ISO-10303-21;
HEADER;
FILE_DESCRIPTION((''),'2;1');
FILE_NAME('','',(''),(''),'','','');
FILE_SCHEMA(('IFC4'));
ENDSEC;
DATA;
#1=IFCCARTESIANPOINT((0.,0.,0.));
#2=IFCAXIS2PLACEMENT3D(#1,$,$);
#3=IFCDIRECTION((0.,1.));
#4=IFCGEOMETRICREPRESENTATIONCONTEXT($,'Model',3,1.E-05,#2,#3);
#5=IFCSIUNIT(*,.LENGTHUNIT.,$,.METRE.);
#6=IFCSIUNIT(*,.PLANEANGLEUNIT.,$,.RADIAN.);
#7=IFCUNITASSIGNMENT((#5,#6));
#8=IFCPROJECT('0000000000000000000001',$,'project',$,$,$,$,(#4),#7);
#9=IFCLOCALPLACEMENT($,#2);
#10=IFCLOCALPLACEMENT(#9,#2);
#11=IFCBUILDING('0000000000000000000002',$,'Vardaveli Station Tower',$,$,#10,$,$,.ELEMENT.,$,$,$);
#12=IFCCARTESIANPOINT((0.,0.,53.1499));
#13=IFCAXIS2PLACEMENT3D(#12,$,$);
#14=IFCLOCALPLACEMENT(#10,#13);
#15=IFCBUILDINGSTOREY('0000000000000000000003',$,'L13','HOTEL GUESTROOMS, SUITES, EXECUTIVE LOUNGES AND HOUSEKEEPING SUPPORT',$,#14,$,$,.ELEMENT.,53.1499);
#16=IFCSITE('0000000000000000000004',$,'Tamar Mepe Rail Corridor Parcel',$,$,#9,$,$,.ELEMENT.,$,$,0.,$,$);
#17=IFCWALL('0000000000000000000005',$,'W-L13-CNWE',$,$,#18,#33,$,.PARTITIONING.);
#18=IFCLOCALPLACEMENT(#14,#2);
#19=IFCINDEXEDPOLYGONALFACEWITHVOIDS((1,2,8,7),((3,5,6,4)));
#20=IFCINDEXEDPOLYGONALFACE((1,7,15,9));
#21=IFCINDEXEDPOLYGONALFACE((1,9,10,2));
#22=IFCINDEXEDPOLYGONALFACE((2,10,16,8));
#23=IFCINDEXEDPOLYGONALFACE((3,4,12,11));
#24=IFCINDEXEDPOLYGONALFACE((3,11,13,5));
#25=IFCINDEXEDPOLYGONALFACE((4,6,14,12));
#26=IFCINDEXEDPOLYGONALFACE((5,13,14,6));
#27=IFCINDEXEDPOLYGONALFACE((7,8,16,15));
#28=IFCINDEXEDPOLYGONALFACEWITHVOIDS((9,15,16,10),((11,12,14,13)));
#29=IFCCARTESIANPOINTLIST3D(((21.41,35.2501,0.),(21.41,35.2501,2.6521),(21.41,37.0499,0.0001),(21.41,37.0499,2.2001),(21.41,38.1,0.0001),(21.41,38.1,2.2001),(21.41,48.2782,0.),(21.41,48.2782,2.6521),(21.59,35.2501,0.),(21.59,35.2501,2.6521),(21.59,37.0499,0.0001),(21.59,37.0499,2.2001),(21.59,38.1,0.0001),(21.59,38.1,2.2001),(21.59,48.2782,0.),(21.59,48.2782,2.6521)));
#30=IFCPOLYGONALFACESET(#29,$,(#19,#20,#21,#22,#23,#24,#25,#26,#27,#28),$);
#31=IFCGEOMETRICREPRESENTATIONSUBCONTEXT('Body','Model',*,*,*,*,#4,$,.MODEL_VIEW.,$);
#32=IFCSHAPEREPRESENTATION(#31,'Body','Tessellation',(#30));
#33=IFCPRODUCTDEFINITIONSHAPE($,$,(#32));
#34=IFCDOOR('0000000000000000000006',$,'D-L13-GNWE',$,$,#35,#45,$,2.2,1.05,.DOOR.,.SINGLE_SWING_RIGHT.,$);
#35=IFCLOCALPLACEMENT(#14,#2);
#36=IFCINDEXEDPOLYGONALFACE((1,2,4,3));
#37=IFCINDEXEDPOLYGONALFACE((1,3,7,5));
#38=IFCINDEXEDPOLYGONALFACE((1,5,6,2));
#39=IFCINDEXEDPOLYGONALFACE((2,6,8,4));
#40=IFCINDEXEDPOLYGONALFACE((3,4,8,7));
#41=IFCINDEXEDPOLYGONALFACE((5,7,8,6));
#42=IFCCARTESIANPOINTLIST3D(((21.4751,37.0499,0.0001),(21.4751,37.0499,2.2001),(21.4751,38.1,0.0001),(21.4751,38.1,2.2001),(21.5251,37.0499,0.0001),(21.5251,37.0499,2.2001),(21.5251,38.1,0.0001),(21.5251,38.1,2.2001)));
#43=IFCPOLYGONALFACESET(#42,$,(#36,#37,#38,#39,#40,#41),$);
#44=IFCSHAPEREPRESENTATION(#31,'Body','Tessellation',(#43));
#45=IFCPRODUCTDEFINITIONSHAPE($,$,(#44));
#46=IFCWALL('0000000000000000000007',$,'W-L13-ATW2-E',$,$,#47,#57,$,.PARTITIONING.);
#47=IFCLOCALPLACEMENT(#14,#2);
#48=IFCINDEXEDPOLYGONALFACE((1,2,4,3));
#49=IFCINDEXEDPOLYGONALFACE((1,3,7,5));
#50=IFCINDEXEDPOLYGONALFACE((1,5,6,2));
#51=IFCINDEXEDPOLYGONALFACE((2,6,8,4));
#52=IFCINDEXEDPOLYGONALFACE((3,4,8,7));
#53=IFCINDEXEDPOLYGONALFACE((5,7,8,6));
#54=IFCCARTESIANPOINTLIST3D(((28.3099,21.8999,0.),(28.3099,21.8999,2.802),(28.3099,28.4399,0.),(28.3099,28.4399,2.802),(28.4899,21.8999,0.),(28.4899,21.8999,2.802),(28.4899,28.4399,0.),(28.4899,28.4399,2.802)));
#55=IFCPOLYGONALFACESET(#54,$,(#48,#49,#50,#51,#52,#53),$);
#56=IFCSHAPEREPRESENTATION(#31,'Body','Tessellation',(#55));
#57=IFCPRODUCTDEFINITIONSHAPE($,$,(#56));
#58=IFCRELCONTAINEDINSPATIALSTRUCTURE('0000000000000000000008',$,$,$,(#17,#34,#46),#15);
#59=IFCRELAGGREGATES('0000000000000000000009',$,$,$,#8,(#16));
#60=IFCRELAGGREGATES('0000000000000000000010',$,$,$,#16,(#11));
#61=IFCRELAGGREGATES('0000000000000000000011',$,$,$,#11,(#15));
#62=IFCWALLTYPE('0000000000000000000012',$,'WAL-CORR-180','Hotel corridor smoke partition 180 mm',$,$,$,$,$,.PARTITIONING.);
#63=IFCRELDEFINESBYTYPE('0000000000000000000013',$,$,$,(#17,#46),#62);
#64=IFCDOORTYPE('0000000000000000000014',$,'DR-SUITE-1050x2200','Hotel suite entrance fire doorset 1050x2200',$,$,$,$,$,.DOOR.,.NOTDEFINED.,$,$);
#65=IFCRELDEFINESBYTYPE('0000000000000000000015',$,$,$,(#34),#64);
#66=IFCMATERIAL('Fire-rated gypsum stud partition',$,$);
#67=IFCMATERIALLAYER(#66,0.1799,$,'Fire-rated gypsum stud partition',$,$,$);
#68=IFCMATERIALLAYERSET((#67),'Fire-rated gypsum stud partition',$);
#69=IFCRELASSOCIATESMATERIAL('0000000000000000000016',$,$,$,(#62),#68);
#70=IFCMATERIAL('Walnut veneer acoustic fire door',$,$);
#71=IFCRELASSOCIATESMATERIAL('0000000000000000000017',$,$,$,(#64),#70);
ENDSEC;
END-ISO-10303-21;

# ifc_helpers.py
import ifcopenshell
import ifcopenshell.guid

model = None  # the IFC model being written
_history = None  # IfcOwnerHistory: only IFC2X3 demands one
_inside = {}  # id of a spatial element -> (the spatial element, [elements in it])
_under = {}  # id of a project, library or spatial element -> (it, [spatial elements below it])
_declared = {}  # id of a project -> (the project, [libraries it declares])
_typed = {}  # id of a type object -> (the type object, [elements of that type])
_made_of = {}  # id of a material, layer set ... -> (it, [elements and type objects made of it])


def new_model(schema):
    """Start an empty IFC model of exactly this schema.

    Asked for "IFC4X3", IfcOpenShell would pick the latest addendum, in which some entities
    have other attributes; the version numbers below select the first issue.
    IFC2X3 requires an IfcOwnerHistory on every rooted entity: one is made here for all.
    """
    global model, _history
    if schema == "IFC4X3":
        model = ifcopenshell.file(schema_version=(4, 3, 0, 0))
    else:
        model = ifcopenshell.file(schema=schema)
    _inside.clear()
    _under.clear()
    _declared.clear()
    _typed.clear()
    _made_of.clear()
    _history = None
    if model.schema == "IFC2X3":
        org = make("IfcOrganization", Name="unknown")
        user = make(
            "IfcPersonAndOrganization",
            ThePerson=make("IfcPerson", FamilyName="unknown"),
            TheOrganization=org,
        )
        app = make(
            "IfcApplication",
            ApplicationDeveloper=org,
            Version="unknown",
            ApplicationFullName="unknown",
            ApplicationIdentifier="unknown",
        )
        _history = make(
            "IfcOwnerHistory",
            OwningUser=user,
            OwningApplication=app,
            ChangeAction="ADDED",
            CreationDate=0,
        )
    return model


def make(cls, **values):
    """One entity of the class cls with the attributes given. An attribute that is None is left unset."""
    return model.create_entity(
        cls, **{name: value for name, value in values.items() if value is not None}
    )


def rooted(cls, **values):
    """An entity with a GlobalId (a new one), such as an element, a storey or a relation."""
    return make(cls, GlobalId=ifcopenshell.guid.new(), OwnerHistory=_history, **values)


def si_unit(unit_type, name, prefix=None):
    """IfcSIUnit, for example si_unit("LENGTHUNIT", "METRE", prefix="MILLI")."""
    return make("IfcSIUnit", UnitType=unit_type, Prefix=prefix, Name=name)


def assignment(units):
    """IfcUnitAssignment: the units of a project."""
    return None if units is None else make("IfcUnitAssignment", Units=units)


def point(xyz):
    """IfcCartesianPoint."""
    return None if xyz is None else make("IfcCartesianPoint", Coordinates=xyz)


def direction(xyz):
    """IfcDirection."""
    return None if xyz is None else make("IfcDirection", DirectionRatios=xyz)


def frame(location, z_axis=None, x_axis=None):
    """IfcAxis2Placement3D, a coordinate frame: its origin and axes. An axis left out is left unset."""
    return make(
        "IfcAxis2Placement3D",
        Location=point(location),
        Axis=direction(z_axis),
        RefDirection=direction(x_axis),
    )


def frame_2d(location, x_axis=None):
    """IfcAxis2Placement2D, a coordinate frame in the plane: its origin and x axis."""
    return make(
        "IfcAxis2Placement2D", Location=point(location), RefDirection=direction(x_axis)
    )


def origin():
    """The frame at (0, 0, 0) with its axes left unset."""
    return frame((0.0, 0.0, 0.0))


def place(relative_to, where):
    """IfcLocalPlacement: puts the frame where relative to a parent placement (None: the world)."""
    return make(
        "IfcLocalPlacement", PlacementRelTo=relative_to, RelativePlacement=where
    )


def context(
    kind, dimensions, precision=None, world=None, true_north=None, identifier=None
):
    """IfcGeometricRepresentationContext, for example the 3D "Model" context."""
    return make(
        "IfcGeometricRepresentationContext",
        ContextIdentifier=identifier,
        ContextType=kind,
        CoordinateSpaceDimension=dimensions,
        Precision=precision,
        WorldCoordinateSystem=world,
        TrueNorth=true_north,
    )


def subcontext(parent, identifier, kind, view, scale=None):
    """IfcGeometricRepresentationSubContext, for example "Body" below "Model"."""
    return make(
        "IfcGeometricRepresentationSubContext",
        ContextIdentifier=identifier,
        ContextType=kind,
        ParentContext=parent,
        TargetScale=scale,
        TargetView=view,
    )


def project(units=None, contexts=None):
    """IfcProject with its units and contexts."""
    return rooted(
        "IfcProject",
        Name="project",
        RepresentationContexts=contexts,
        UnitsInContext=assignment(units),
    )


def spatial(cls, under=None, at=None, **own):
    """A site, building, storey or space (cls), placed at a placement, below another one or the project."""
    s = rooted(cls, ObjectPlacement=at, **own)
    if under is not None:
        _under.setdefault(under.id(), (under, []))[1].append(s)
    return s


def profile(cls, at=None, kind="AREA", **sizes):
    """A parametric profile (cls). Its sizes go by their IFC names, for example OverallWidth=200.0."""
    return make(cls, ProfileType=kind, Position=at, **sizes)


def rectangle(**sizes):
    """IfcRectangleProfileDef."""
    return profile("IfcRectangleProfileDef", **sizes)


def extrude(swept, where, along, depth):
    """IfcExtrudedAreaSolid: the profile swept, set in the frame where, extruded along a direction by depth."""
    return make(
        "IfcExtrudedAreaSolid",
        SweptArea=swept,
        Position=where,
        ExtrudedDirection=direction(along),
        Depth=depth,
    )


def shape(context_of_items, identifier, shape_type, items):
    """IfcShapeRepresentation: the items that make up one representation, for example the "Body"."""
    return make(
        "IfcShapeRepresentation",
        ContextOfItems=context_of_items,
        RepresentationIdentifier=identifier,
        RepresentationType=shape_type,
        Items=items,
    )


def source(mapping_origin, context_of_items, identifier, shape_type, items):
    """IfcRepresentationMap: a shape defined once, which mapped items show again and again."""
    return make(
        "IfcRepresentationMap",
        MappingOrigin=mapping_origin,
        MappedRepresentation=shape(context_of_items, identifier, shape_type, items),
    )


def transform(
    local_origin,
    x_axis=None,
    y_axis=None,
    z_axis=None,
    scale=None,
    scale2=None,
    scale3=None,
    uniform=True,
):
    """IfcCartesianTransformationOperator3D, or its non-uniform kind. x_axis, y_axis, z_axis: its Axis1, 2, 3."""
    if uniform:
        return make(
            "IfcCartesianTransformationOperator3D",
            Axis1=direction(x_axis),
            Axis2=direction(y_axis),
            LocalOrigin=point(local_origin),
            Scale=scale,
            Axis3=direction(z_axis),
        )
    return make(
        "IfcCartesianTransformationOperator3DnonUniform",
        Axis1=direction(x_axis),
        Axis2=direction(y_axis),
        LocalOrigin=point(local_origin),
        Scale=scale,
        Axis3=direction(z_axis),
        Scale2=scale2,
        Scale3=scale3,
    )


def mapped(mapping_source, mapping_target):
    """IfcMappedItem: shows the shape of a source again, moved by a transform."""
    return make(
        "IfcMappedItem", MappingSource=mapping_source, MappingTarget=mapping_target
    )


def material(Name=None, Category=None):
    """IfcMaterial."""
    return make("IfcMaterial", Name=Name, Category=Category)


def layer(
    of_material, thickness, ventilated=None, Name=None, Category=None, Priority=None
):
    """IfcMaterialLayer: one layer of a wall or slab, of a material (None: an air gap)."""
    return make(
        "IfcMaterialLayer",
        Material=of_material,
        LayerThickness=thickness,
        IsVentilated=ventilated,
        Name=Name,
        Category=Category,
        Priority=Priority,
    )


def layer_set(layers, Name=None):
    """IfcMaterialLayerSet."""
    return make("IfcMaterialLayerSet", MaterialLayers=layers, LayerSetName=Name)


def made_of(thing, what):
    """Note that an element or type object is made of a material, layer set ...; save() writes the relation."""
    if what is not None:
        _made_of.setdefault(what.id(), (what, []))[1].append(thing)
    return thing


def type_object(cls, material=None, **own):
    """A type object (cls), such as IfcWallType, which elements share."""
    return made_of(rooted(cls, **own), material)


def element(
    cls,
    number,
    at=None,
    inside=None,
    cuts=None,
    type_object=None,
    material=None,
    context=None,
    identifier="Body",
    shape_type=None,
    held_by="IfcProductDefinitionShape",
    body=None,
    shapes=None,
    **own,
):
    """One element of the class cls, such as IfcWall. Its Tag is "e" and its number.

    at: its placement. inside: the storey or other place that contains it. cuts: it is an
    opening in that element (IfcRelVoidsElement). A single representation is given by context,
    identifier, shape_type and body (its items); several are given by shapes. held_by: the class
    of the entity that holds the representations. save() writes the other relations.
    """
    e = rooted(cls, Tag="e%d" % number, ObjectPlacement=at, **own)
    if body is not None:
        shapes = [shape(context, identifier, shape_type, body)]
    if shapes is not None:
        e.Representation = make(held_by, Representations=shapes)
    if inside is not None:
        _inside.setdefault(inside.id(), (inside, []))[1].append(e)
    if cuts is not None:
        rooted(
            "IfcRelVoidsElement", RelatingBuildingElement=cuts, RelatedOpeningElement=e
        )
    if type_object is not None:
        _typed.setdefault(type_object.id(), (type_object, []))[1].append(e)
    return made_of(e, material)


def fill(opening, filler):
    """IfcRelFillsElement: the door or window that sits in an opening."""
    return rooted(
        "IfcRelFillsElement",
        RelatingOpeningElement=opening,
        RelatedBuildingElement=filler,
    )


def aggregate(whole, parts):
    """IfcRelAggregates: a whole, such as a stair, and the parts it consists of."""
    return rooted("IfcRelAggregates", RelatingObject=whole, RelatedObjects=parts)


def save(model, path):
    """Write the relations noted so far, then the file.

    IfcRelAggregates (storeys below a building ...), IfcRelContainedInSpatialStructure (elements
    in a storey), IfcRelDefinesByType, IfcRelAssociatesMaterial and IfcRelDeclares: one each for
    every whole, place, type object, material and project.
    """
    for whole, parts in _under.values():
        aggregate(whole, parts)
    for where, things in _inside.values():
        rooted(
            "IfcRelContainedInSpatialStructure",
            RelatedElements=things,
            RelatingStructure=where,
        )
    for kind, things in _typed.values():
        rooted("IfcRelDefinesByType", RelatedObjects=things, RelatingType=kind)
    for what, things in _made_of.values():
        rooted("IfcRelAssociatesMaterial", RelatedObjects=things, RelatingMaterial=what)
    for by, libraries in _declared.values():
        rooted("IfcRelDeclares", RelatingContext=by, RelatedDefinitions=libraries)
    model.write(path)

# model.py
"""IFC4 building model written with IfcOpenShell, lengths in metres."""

from ifc_helpers import new_model, si_unit, direction, frame, frame_2d, origin, place, context, subcontext, project, spatial, rectangle, extrude, source, transform, mapped, material, layer, layer_set, type_object, element, fill, save


model = new_model("IFC4")

# Units and contexts
model_context = context("Model", 3, precision=1e-05, world=origin(), true_north=direction((0.0, 1.0)))
body_context = subcontext(model_context, "Body", "Model", "MODEL_VIEW")
ifc_project = project(units=[si_unit("LENGTHUNIT", "METRE"), si_unit("PLANEANGLEUNIT", "RADIAN")], contexts=[model_context])

# Site, building, storey
site_placement = place(None, origin())
site = spatial("IfcSite", under=ifc_project, at=site_placement, Name="Tamar Mepe Rail Corridor Parcel", CompositionType="ELEMENT", RefElevation=0.0)
building_placement = place(site_placement, origin())
building = spatial("IfcBuilding", under=site, at=building_placement, Name="Vardaveli Station Tower", CompositionType="ELEMENT")
storey_placement = place(building_placement, frame((0.0, 0.0, 53.1499)))
storey = spatial("IfcBuildingStorey", under=building, at=storey_placement, Name="L13", Description="HOTEL GUESTROOMS, SUITES, EXECUTIVE LOUNGES AND HOUSEKEEPING SUPPORT", CompositionType="ELEMENT", Elevation=53.1499)

# Wall, opening, door
ifc_material_1 = material(Name="Fire-rated gypsum stud partition")
ifc_layer_1 = layer(ifc_material_1, 0.1799, Name="Fire-rated gypsum stud partition")
ifc_layer_set_1 = layer_set([ifc_layer_1], Name="Fire-rated gypsum stud partition")
wall_type_1 = type_object("IfcWallType", Name="WAL-CORR-180", Description="Hotel corridor smoke partition 180 mm", PredefinedType="PARTITIONING", material=ifc_layer_set_1)
shared_shape_1 = source(origin(), body_context, "Body", "SweptSolid", [
    extrude(rectangle(XDim=13.0281, YDim=0.1799, at=frame_2d((6.5142, 0.0))), origin(), (0.0, 0.0, 1.0), 2.6521),
])
wall_1_placement = place(storey_placement, frame((21.5, 35.25, 0.0), z_axis=(0.0, 0.0, 1.0), x_axis=(0.0, 1.0, 0.0)))
wall_1 = element("IfcWall", 1, at=wall_1_placement, inside=storey, type_object=wall_type_1, Name="W-L13-CNWE", PredefinedType="PARTITIONING", context=body_context, shape_type="MappedRepresentation", body=[
    mapped(shared_shape_1, transform((0.0, 0.0, 0.0), scale=1.0)),
])
shared_shape_2 = source(origin(), body_context, "Body", "SweptSolid", [
    extrude(rectangle(XDim=1.05, YDim=2.2, at=frame_2d((0.5249, 1.1001))), frame((0.0, 0.1001, 0.0), z_axis=(0.0, -1.0, 0.0), x_axis=(1.0, 0.0, 0.0)), (0.0, 0.0, 1.0), 0.2),
])
opening_1_placement = place(wall_1_placement, frame((1.8, 0.0, 0.0)))
opening_1 = element("IfcOpeningElement", 2, at=opening_1_placement, cuts=wall_1, PredefinedType="OPENING", context=body_context, shape_type="MappedRepresentation", body=[
    mapped(shared_shape_2, transform((0.0, 0.0, 0.0), scale=1.0)),
])
ifc_material_2 = material(Name="Walnut veneer acoustic fire door")
door_type_1 = type_object("IfcDoorType", Name="DR-SUITE-1050x2200", Description="Hotel suite entrance fire doorset 1050x2200", OperationType="NOTDEFINED", PredefinedType="DOOR", material=ifc_material_2)
shared_shape_3 = source(origin(), body_context, "Body", "SweptSolid", [
    extrude(rectangle(XDim=1.05, YDim=2.2, at=frame_2d((0.5249, 1.1001))), frame((0.0, 0.0249, 0.0), z_axis=(0.0, -1.0, 0.0), x_axis=(1.0, 0.0, 0.0)), (0.0, 0.0, 1.0), 0.05),
])
door_1_placement = place(opening_1_placement, origin())
door_1 = element("IfcDoor", 3, at=door_1_placement, inside=storey, type_object=door_type_1, Name="D-L13-GNWE", OperationType="SINGLE_SWING_RIGHT", OverallHeight=2.2, OverallWidth=1.05, PredefinedType="DOOR", context=body_context, shape_type="MappedRepresentation", body=[
    mapped(shared_shape_3, transform((0.0, 0.0, 0.0), scale=1.0)),
])
fill(opening_1, door_1)

# Wall
shared_shape_4 = source(origin(), body_context, "Body", "SweptSolid", [
    extrude(rectangle(XDim=6.54, YDim=0.1799, at=frame_2d((3.27, 0.0))), origin(), (0.0, 0.0, 1.0), 2.802),
])
wall_2_placement = place(storey_placement, frame((28.3999, 21.8999, 0.0), z_axis=(0.0, 0.0, 1.0), x_axis=(0.0, 1.0, 0.0)))
element("IfcWall", 4, at=wall_2_placement, inside=storey, type_object=wall_type_1, Name="W-L13-ATW2-E", PredefinedType="PARTITIONING", context=body_context, shape_type="MappedRepresentation", body=[
    mapped(shared_shape_4, transform((0.0, 0.0, 0.0), scale=1.0)),
])

save(model, "model.ifc")
